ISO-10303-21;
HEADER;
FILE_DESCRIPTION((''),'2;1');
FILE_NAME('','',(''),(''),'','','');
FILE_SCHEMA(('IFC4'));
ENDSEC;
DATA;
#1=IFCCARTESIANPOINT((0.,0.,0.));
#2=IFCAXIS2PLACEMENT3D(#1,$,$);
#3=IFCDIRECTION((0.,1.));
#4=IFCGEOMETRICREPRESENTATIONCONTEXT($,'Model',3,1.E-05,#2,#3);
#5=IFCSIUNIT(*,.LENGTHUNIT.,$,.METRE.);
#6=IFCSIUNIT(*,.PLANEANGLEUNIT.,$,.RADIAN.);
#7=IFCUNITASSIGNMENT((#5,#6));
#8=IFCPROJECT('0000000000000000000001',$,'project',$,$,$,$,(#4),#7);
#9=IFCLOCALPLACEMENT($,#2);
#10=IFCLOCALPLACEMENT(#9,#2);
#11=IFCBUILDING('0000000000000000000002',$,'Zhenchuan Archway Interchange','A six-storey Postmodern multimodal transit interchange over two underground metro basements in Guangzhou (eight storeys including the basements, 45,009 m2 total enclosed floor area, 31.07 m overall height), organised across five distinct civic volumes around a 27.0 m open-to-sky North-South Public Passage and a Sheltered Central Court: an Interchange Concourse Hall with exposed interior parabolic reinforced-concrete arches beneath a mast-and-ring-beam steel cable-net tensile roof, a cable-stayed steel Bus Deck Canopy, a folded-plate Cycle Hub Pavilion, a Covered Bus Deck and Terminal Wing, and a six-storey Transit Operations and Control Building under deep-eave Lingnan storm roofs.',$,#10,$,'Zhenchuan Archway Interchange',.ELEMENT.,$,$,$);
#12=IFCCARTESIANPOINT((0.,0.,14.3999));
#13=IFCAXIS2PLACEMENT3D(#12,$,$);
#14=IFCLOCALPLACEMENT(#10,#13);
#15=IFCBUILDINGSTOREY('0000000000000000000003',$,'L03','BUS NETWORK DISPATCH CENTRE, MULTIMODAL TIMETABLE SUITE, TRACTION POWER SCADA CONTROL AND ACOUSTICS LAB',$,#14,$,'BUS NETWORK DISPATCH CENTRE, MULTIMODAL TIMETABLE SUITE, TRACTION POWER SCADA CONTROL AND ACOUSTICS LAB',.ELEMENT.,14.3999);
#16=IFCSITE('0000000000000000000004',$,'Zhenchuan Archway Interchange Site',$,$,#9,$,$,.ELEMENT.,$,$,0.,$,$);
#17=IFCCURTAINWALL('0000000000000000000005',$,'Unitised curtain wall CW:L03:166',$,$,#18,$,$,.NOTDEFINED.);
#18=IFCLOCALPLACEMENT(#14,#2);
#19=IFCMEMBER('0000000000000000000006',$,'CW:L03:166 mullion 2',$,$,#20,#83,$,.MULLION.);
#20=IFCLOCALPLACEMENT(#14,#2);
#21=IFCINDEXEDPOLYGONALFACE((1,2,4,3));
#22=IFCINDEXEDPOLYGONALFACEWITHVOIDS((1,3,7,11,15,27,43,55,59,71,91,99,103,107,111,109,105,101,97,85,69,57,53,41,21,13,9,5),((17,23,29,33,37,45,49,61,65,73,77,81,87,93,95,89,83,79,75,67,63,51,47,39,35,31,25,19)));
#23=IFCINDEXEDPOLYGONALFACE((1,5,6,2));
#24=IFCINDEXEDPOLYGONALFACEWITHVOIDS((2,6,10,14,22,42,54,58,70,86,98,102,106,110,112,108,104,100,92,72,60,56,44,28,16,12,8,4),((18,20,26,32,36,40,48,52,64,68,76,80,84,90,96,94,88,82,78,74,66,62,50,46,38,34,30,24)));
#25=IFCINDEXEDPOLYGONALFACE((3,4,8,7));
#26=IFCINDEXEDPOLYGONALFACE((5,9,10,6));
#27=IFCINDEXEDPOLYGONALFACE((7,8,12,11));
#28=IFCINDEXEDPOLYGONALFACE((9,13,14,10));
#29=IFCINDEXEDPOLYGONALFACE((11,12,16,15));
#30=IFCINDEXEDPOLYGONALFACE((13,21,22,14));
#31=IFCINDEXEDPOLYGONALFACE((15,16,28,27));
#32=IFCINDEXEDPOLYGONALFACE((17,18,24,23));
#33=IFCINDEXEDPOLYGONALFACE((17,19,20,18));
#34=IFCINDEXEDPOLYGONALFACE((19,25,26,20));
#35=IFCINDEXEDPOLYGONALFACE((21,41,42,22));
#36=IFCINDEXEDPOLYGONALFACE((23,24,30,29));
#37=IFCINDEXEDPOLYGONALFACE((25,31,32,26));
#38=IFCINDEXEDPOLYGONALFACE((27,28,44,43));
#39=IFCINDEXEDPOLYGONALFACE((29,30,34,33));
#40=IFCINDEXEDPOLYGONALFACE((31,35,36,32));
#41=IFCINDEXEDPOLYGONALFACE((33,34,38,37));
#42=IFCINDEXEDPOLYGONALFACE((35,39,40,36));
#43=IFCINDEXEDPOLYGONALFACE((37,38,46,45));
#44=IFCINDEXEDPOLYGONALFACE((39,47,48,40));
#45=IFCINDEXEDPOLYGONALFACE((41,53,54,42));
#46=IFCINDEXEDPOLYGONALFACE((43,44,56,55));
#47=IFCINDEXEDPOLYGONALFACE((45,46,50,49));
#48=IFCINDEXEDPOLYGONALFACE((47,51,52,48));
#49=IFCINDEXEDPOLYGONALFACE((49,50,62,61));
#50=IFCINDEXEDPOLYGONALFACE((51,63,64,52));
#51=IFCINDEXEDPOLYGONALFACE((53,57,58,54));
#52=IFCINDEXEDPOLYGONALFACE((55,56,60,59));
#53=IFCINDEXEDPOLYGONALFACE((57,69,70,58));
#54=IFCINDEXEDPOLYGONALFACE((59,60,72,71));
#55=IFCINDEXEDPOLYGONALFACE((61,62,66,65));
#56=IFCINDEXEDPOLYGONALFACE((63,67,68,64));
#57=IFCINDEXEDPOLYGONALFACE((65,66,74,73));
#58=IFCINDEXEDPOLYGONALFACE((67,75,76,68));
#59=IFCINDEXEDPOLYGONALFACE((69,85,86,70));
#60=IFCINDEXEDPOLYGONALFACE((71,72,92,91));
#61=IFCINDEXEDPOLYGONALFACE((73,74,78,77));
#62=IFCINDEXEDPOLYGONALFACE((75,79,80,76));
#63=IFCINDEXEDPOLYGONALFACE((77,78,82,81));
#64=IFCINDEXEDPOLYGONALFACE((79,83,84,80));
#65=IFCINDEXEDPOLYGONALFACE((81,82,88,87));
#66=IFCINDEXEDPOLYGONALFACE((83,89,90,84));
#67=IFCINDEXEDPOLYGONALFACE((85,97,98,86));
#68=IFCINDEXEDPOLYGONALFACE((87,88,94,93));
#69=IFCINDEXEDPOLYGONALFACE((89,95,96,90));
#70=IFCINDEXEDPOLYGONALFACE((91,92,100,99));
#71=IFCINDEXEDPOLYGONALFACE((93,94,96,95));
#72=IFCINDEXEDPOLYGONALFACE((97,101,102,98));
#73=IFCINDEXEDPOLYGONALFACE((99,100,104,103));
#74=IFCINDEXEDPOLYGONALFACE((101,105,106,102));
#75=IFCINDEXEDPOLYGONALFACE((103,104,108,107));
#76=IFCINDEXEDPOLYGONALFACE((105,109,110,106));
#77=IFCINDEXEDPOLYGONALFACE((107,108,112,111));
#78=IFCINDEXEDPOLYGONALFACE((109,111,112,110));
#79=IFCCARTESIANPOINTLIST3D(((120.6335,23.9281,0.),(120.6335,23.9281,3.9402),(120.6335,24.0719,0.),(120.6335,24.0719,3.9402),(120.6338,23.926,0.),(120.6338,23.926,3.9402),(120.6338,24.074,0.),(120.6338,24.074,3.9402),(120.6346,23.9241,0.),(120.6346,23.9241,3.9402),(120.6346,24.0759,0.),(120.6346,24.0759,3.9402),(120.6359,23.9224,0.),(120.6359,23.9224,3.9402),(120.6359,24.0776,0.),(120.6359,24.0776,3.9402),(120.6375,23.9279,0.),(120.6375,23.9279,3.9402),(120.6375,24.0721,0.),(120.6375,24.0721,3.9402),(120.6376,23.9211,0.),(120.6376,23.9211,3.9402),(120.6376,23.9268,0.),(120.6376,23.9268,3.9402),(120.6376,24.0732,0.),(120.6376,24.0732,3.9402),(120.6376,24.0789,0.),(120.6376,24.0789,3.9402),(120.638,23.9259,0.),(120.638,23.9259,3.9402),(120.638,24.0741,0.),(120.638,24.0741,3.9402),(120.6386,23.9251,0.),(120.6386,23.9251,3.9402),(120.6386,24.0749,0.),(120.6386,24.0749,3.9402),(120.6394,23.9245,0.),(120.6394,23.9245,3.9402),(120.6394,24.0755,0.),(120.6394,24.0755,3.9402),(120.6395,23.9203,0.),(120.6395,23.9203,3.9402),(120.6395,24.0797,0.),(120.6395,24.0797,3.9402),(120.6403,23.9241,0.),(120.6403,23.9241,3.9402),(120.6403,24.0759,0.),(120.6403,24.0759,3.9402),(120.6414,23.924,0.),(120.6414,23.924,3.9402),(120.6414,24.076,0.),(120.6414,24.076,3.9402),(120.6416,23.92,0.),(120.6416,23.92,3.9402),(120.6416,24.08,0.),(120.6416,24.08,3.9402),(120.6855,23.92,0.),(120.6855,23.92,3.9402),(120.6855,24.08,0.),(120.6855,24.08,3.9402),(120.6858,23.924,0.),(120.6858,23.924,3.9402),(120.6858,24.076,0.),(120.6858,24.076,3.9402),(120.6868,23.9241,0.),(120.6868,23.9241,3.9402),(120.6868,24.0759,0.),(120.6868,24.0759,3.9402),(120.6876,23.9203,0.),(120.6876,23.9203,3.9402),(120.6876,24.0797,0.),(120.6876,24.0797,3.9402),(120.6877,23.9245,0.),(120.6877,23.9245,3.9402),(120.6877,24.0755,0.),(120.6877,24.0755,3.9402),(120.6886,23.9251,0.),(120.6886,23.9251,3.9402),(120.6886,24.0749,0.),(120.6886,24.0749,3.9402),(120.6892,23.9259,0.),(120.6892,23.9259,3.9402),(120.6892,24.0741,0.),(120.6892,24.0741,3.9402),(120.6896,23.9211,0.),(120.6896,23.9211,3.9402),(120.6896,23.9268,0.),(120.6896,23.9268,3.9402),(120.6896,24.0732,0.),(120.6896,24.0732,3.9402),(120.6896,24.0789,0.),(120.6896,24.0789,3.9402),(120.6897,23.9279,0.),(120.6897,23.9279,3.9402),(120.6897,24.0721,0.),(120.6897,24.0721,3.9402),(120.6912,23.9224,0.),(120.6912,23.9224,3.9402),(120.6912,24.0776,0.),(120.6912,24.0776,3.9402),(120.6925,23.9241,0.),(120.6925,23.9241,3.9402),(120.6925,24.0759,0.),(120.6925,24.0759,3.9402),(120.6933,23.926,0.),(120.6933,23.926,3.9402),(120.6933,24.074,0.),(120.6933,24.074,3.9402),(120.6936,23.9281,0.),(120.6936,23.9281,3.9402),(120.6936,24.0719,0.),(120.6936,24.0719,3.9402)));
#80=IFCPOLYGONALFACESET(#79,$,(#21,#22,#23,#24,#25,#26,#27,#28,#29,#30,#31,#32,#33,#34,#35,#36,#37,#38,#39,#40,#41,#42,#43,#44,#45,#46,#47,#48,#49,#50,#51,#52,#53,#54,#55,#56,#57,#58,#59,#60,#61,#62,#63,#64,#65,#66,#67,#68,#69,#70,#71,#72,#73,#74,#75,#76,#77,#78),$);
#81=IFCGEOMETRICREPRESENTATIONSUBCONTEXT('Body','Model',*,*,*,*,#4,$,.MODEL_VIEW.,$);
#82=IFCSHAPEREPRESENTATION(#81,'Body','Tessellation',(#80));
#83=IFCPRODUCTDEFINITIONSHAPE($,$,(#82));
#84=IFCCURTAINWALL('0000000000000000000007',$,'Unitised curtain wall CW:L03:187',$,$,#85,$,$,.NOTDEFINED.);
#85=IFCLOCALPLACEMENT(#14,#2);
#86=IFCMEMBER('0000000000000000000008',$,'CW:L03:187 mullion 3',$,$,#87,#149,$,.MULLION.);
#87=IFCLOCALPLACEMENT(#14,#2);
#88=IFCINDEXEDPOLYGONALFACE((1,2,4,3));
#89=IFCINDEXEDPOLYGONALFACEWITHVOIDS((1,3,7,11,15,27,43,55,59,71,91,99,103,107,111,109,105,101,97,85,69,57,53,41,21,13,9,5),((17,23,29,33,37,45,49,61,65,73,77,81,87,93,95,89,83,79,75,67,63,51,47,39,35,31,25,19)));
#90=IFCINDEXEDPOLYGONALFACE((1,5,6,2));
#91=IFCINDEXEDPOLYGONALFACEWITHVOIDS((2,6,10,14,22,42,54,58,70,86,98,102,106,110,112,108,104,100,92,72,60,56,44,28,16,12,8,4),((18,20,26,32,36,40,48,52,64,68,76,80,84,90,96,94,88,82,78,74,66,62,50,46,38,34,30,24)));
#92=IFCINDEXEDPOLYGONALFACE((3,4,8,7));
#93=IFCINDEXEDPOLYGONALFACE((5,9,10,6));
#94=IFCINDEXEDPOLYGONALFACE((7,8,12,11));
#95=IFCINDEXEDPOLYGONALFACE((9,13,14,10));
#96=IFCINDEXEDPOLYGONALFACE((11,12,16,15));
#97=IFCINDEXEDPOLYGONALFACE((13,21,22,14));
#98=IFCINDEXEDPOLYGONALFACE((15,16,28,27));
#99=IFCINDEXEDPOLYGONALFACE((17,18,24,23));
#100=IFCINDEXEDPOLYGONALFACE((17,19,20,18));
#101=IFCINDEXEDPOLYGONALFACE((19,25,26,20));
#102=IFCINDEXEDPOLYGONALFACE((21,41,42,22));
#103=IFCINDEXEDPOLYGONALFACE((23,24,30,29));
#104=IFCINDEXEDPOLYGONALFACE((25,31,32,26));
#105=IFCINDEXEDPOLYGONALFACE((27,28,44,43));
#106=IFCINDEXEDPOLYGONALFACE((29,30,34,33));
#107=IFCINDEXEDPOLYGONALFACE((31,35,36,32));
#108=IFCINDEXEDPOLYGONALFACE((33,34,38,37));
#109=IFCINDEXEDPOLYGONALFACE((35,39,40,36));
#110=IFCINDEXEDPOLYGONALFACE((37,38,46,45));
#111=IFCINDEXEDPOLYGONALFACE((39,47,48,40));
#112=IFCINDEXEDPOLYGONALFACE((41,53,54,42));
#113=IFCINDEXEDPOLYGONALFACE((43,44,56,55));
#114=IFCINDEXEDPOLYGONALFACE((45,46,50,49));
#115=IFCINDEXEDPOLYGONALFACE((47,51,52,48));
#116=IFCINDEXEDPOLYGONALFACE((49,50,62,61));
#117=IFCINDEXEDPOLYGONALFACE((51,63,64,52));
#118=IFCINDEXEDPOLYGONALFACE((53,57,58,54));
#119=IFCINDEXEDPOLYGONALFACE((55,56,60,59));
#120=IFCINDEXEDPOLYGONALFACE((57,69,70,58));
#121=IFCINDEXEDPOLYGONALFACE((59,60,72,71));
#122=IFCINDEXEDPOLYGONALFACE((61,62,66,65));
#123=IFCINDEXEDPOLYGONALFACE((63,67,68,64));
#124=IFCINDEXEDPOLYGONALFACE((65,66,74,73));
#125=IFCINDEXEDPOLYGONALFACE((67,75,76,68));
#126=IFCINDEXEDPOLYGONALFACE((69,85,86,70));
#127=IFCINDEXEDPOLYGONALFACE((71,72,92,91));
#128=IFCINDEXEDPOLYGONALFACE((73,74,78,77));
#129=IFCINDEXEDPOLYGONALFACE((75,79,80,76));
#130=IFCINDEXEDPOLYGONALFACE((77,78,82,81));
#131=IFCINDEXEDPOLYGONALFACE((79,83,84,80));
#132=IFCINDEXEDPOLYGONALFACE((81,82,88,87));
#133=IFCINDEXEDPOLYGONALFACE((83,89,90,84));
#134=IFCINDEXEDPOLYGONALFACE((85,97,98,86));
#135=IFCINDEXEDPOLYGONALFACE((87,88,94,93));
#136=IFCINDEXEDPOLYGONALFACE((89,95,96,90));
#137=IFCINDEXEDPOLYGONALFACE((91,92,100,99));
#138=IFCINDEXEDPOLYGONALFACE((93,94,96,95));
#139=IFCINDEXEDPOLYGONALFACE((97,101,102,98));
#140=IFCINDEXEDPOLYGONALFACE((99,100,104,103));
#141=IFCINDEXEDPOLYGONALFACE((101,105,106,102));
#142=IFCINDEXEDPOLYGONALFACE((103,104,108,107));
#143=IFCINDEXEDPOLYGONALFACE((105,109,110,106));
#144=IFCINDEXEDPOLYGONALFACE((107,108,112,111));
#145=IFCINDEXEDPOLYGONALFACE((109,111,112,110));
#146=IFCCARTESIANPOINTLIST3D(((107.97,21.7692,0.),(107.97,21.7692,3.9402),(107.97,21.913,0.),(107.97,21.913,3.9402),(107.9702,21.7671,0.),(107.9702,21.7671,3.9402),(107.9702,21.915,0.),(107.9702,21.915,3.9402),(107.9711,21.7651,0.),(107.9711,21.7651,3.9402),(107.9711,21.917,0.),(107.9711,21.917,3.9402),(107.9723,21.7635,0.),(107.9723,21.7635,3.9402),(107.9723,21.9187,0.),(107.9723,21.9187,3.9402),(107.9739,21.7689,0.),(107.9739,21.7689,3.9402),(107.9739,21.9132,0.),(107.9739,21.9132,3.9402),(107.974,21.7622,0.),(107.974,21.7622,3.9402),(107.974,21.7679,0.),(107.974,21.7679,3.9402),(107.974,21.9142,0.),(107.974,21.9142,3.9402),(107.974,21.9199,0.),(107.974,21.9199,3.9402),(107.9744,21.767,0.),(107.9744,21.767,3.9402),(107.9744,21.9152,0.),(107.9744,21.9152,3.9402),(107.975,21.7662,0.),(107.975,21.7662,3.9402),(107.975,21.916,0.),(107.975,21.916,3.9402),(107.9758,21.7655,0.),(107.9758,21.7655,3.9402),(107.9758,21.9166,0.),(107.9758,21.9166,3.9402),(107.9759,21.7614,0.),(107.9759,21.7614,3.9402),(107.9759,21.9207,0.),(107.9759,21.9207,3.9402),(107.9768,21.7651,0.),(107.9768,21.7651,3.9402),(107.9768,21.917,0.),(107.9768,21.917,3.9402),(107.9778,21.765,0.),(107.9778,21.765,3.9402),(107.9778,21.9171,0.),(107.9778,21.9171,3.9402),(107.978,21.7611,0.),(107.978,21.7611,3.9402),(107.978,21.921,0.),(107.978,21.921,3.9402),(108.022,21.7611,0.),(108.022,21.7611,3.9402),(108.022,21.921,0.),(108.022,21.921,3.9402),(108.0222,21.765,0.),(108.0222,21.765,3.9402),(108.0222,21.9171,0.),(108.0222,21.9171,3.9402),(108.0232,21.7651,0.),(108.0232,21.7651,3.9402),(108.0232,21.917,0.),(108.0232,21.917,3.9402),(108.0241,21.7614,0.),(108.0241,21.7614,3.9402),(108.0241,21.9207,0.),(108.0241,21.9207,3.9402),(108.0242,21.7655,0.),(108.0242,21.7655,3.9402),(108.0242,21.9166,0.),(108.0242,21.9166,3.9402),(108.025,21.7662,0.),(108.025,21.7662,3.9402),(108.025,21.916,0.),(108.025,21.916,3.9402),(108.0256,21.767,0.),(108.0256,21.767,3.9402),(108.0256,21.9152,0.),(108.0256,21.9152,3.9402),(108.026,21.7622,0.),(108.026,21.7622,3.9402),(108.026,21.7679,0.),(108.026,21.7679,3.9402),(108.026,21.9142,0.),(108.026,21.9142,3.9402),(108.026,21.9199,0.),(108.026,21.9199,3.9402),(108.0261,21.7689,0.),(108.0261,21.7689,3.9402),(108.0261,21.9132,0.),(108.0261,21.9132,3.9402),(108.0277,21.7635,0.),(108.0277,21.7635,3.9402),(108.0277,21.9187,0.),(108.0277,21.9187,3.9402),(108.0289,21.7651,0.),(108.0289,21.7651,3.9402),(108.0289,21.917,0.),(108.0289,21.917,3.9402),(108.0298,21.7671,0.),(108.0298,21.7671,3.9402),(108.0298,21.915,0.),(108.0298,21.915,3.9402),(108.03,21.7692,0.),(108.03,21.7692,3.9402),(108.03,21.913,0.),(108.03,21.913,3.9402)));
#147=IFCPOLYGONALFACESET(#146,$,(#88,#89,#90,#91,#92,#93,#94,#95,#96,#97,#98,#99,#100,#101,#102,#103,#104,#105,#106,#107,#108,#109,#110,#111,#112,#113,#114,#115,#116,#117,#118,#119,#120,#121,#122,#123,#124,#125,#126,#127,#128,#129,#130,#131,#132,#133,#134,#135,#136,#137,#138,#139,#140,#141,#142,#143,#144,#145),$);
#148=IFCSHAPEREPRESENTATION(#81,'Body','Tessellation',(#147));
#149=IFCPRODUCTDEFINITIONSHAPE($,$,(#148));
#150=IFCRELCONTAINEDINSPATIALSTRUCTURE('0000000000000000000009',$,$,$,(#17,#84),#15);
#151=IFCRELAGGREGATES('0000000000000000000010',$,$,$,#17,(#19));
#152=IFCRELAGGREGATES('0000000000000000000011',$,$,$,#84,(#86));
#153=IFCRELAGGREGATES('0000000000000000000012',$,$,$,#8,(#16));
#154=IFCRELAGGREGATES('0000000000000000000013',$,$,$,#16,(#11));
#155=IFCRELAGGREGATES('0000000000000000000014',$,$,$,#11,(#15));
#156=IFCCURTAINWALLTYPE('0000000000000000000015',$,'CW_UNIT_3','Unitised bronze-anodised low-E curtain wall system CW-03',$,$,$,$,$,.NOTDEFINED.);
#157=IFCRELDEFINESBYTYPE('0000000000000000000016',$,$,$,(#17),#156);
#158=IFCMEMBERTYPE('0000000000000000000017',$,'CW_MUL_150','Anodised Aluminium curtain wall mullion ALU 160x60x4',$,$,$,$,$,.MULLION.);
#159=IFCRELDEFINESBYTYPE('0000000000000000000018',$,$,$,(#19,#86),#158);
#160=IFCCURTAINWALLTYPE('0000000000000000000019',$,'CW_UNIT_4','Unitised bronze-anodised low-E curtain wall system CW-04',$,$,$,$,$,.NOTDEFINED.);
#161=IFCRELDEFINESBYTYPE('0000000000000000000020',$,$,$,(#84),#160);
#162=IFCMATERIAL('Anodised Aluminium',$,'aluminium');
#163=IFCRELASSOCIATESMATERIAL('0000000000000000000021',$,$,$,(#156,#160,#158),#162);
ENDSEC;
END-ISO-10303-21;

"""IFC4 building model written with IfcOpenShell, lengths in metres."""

from ifc_helpers import new_model, si_unit, direction, frame, origin, origin_2d, place, context, subcontext, project, spatial, hollow_rectangle, extrude, material, material_profile, profile_set, type_object, element, aggregate, save


model = new_model("IFC4")

# Units and contexts
model_context = context("Model", 3, precision=1e-05, world=origin(), true_north=direction((0.0, 1.0)))
body_context = subcontext(model_context, "Body", "Model", "MODEL_VIEW")
ifc_project = project(units=[si_unit("LENGTHUNIT", "METRE"), si_unit("PLANEANGLEUNIT", "RADIAN")], contexts=[model_context])

# Site, building, storey
site_placement = place(None, origin())
site = spatial("IfcSite", under=ifc_project, at=site_placement, Name="Zhenchuan Archway Interchange Site", CompositionType="ELEMENT", RefElevation=0.0)
building_placement = place(site_placement, origin())
building = spatial("IfcBuilding", under=site, at=building_placement, Name="Zhenchuan Archway Interchange", Description="A six-storey Postmodern multimodal transit interchange over two underground metro basements in Guangzhou (eight storeys including the basements, 45,009 m2 total enclosed floor area, 31.07 m overall height), organised across five distinct civic volumes around a 27.0 m open-to-sky North-South Public Passage and a Sheltered Central Court: an Interchange Concourse Hall with exposed interior parabolic reinforced-concrete arches beneath a mast-and-ring-beam steel cable-net tensile roof, a cable-stayed steel Bus Deck Canopy, a folded-plate Cycle Hub Pavilion, a Covered Bus Deck and Terminal Wing, and a six-storey Transit Operations and Control Building under deep-eave Lingnan storm roofs.", LongName="Zhenchuan Archway Interchange", CompositionType="ELEMENT")
storey_placement = place(building_placement, frame((0.0, 0.0, 14.3999)))
storey = spatial("IfcBuildingStorey", under=building, at=storey_placement, Name="L03", Description="BUS NETWORK DISPATCH CENTRE, MULTIMODAL TIMETABLE SUITE, TRACTION POWER SCADA CONTROL AND ACOUSTICS LAB", LongName="BUS NETWORK DISPATCH CENTRE, MULTIMODAL TIMETABLE SUITE, TRACTION POWER SCADA CONTROL AND ACOUSTICS LAB", CompositionType="ELEMENT", Elevation=14.3999)

# Curtain walls, members
ifc_material_1 = material(Name="Anodised Aluminium", Category="aluminium")
curtain_wall_type_1 = type_object("IfcCurtainWallType", Name="CW_UNIT_3", Description="Unitised bronze-anodised low-E curtain wall system CW-03", PredefinedType="NOTDEFINED", material=ifc_material_1)
curtain_wall_1_placement = place(storey_placement, origin())
curtain_wall_1 = element("IfcCurtainWall", 1, at=curtain_wall_1_placement, inside=storey, type_object=curtain_wall_type_1, Name="Unitised curtain wall CW:L03:166", PredefinedType="NOTDEFINED")
ifc_material_profile_1 = material_profile(ifc_material_1, hollow_rectangle(XDim=0.0601, YDim=0.1599, WallThickness=0.0039, InnerFilletRadius=0.0039, OuterFilletRadius=0.0081, at=origin_2d()), Name="ALU 160x60x4")
ifc_profile_set_1 = profile_set([ifc_material_profile_1], Name="Anodised Aluminium")
member_type_1 = type_object("IfcMemberType", Name="CW_MUL_150", Description="Anodised Aluminium curtain wall mullion ALU 160x60x4", PredefinedType="MULLION", material=ifc_profile_set_1)
member_1_placement = place(storey_placement, frame((120.6636, 24.0, 0.0), z_axis=(0.0, 0.0, 1.0), x_axis=(1.0, 0.0, 0.0)))
member_1 = element("IfcMember", 2, at=member_1_placement, type_object=member_type_1, Name="CW:L03:166 mullion 2", PredefinedType="MULLION", context=body_context, shape_type="SweptSolid", body=[
    extrude(hollow_rectangle(XDim=0.0601, YDim=0.1599, WallThickness=0.0039, InnerFilletRadius=0.0039, OuterFilletRadius=0.0081, at=origin_2d()), origin(), (0.0, 0.0, 1.0), 3.9402),
])
curtain_wall_type_2 = type_object("IfcCurtainWallType", Name="CW_UNIT_4", Description="Unitised bronze-anodised low-E curtain wall system CW-04", PredefinedType="NOTDEFINED", material=ifc_material_1)
curtain_wall_2_placement = place(storey_placement, origin())
curtain_wall_2 = element("IfcCurtainWall", 3, at=curtain_wall_2_placement, inside=storey, type_object=curtain_wall_type_2, Name="Unitised curtain wall CW:L03:187", PredefinedType="NOTDEFINED")
member_2_placement = place(storey_placement, frame((108.0, 21.8411, 0.0), z_axis=(0.0, 0.0, 1.0), x_axis=(1.0, 0.0, 0.0)))
member_2 = element("IfcMember", 4, at=member_2_placement, type_object=member_type_1, Name="CW:L03:187 mullion 3", PredefinedType="MULLION", context=body_context, shape_type="SweptSolid", body=[
    extrude(hollow_rectangle(XDim=0.0601, YDim=0.1599, WallThickness=0.0039, InnerFilletRadius=0.0039, OuterFilletRadius=0.0081, at=origin_2d()), origin(), (0.0, 0.0, 1.0), 3.9402),
])

aggregate(curtain_wall_1, [member_1])
aggregate(curtain_wall_2, [member_2])

save(model, "model.ifc")
